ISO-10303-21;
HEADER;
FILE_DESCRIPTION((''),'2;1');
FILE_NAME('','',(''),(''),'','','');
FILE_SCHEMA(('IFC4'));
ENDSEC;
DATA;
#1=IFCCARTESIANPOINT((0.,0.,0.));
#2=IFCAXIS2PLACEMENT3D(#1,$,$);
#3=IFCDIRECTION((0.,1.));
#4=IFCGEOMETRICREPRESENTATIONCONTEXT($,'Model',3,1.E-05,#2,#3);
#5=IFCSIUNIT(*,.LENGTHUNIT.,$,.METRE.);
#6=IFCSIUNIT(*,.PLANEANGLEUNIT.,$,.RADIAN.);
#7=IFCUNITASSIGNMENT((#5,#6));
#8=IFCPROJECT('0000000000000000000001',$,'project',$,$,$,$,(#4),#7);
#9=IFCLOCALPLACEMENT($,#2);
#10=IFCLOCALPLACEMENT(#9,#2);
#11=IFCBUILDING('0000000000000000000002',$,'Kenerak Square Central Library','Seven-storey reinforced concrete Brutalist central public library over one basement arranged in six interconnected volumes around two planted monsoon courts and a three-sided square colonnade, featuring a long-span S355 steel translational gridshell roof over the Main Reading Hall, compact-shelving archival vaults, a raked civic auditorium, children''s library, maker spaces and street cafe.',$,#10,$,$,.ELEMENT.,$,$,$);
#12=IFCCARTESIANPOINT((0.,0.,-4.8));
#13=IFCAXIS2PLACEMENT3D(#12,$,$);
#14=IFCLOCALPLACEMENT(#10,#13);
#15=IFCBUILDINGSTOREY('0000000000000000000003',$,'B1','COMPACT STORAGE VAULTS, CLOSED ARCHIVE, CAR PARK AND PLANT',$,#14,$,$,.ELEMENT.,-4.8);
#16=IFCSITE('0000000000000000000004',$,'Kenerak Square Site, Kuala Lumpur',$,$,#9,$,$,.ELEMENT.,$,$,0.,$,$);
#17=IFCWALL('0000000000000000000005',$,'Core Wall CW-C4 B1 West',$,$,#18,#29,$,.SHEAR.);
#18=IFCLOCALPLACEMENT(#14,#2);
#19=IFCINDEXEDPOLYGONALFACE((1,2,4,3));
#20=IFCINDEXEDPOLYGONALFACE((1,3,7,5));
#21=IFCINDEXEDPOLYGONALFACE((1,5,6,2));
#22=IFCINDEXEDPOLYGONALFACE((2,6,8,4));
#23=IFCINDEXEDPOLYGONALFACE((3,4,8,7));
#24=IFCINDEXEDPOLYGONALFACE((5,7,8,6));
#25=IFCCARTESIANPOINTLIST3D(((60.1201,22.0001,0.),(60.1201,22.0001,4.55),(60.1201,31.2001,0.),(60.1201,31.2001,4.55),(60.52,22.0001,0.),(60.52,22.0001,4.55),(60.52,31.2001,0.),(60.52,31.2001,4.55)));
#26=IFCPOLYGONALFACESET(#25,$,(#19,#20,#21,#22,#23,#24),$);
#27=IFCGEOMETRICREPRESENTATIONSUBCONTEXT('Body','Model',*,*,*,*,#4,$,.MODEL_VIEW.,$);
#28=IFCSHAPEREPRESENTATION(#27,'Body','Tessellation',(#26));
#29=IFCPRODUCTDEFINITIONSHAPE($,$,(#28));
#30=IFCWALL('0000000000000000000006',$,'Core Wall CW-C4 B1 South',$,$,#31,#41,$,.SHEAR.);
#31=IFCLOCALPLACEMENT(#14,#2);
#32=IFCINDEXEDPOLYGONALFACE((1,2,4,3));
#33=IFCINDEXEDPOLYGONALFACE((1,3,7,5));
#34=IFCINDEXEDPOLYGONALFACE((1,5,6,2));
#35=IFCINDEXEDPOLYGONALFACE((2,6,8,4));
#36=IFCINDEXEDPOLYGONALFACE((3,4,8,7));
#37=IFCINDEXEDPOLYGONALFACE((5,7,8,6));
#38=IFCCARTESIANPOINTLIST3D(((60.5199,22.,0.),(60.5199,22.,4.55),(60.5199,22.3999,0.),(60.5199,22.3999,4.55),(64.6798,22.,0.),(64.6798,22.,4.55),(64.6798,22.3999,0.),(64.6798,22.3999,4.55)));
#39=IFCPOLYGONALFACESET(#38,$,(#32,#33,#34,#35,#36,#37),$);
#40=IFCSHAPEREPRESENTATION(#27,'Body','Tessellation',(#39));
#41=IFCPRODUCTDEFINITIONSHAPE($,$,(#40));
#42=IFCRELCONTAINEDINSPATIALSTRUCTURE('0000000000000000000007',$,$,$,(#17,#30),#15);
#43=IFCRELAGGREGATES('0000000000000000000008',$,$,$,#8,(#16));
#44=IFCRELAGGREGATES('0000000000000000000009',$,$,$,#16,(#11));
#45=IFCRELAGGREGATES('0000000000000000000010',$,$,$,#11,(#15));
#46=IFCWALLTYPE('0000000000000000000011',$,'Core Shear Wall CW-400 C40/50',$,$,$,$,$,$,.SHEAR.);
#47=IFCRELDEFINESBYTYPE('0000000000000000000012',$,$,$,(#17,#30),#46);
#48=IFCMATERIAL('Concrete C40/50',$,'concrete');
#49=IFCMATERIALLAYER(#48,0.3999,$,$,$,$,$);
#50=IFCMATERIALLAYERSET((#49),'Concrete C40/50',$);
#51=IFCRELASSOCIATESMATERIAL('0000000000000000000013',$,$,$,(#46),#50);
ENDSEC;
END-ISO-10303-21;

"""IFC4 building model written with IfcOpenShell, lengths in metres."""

from ifc_helpers import new_model, si_unit, direction, frame, frame_2d, origin, place, context, subcontext, project, spatial, rectangle, extrude, material, layer, layer_set, type_object, element, save


model = new_model("IFC4")

# Units and contexts
model_context = context("Model", 3, precision=1e-05, world=origin(), true_north=direction((0.0, 1.0)))
body_context = subcontext(model_context, "Body", "Model", "MODEL_VIEW")
ifc_project = project(units=[si_unit("LENGTHUNIT", "METRE"), si_unit("PLANEANGLEUNIT", "RADIAN")], contexts=[model_context])

# Site, building, storey
site_placement = place(None, origin())
site = spatial("IfcSite", under=ifc_project, at=site_placement, Name="Kenerak Square Site, Kuala Lumpur", CompositionType="ELEMENT", RefElevation=0.0)
building_placement = place(site_placement, origin())
building = spatial("IfcBuilding", under=site, at=building_placement, Name="Kenerak Square Central Library", Description="Seven-storey reinforced concrete Brutalist central public library over one basement arranged in six interconnected volumes around two planted monsoon courts and a three-sided square colonnade, featuring a long-span S355 steel translational gridshell roof over the Main Reading Hall, compact-shelving archival vaults, a raked civic auditorium, children's library, maker spaces and street cafe.", CompositionType="ELEMENT")
storey_placement = place(building_placement, frame((0.0, 0.0, -4.8)))
storey = spatial("IfcBuildingStorey", under=building, at=storey_placement, Name="B1", Description="COMPACT STORAGE VAULTS, CLOSED ARCHIVE, CAR PARK AND PLANT", CompositionType="ELEMENT", Elevation=-4.8)

# Shared definitions
ifc_material_1 = material(Name="Concrete C40/50", Category="concrete")

# Walls
ifc_layer = layer(ifc_material_1, 0.3999)
ifc_layer_set = layer_set([ifc_layer], Name="Concrete C40/50")
wall_type = type_object("IfcWallType", Name="Core Shear Wall CW-400 C40/50", PredefinedType="SHEAR", material=ifc_layer_set)
wall_1_placement = place(storey_placement, frame((60.3201, 22.0, 0.0), z_axis=(0.0, 0.0, 1.0), x_axis=(0.0, 1.0, 0.0)))
element("IfcWall", 1, at=wall_1_placement, inside=storey, type_object=wall_type, Name="Core Wall CW-C4 B1 West", PredefinedType="SHEAR", context=body_context, shape_type="SweptSolid", body=[
    extrude(rectangle(XDim=9.2, YDim=0.3999, at=frame_2d((4.6001, 0.0))), origin(), (0.0, 0.0, 1.0), 4.55),
])
wall_2_placement = place(storey_placement, frame((64.6799, 22.2, 0.0), z_axis=(0.0, 0.0, 1.0), x_axis=(-1.0, 0.0, 0.0)))
element("IfcWall", 2, at=wall_2_placement, inside=storey, type_object=wall_type, Name="Core Wall CW-C4 B1 South", PredefinedType="SHEAR", context=body_context, shape_type="SweptSolid", body=[
    extrude(rectangle(XDim=4.1599, YDim=0.3999, at=frame_2d((2.0801, 0.0))), origin(), (0.0, 0.0, 1.0), 4.55),
])

save(model, "model.ifc")
